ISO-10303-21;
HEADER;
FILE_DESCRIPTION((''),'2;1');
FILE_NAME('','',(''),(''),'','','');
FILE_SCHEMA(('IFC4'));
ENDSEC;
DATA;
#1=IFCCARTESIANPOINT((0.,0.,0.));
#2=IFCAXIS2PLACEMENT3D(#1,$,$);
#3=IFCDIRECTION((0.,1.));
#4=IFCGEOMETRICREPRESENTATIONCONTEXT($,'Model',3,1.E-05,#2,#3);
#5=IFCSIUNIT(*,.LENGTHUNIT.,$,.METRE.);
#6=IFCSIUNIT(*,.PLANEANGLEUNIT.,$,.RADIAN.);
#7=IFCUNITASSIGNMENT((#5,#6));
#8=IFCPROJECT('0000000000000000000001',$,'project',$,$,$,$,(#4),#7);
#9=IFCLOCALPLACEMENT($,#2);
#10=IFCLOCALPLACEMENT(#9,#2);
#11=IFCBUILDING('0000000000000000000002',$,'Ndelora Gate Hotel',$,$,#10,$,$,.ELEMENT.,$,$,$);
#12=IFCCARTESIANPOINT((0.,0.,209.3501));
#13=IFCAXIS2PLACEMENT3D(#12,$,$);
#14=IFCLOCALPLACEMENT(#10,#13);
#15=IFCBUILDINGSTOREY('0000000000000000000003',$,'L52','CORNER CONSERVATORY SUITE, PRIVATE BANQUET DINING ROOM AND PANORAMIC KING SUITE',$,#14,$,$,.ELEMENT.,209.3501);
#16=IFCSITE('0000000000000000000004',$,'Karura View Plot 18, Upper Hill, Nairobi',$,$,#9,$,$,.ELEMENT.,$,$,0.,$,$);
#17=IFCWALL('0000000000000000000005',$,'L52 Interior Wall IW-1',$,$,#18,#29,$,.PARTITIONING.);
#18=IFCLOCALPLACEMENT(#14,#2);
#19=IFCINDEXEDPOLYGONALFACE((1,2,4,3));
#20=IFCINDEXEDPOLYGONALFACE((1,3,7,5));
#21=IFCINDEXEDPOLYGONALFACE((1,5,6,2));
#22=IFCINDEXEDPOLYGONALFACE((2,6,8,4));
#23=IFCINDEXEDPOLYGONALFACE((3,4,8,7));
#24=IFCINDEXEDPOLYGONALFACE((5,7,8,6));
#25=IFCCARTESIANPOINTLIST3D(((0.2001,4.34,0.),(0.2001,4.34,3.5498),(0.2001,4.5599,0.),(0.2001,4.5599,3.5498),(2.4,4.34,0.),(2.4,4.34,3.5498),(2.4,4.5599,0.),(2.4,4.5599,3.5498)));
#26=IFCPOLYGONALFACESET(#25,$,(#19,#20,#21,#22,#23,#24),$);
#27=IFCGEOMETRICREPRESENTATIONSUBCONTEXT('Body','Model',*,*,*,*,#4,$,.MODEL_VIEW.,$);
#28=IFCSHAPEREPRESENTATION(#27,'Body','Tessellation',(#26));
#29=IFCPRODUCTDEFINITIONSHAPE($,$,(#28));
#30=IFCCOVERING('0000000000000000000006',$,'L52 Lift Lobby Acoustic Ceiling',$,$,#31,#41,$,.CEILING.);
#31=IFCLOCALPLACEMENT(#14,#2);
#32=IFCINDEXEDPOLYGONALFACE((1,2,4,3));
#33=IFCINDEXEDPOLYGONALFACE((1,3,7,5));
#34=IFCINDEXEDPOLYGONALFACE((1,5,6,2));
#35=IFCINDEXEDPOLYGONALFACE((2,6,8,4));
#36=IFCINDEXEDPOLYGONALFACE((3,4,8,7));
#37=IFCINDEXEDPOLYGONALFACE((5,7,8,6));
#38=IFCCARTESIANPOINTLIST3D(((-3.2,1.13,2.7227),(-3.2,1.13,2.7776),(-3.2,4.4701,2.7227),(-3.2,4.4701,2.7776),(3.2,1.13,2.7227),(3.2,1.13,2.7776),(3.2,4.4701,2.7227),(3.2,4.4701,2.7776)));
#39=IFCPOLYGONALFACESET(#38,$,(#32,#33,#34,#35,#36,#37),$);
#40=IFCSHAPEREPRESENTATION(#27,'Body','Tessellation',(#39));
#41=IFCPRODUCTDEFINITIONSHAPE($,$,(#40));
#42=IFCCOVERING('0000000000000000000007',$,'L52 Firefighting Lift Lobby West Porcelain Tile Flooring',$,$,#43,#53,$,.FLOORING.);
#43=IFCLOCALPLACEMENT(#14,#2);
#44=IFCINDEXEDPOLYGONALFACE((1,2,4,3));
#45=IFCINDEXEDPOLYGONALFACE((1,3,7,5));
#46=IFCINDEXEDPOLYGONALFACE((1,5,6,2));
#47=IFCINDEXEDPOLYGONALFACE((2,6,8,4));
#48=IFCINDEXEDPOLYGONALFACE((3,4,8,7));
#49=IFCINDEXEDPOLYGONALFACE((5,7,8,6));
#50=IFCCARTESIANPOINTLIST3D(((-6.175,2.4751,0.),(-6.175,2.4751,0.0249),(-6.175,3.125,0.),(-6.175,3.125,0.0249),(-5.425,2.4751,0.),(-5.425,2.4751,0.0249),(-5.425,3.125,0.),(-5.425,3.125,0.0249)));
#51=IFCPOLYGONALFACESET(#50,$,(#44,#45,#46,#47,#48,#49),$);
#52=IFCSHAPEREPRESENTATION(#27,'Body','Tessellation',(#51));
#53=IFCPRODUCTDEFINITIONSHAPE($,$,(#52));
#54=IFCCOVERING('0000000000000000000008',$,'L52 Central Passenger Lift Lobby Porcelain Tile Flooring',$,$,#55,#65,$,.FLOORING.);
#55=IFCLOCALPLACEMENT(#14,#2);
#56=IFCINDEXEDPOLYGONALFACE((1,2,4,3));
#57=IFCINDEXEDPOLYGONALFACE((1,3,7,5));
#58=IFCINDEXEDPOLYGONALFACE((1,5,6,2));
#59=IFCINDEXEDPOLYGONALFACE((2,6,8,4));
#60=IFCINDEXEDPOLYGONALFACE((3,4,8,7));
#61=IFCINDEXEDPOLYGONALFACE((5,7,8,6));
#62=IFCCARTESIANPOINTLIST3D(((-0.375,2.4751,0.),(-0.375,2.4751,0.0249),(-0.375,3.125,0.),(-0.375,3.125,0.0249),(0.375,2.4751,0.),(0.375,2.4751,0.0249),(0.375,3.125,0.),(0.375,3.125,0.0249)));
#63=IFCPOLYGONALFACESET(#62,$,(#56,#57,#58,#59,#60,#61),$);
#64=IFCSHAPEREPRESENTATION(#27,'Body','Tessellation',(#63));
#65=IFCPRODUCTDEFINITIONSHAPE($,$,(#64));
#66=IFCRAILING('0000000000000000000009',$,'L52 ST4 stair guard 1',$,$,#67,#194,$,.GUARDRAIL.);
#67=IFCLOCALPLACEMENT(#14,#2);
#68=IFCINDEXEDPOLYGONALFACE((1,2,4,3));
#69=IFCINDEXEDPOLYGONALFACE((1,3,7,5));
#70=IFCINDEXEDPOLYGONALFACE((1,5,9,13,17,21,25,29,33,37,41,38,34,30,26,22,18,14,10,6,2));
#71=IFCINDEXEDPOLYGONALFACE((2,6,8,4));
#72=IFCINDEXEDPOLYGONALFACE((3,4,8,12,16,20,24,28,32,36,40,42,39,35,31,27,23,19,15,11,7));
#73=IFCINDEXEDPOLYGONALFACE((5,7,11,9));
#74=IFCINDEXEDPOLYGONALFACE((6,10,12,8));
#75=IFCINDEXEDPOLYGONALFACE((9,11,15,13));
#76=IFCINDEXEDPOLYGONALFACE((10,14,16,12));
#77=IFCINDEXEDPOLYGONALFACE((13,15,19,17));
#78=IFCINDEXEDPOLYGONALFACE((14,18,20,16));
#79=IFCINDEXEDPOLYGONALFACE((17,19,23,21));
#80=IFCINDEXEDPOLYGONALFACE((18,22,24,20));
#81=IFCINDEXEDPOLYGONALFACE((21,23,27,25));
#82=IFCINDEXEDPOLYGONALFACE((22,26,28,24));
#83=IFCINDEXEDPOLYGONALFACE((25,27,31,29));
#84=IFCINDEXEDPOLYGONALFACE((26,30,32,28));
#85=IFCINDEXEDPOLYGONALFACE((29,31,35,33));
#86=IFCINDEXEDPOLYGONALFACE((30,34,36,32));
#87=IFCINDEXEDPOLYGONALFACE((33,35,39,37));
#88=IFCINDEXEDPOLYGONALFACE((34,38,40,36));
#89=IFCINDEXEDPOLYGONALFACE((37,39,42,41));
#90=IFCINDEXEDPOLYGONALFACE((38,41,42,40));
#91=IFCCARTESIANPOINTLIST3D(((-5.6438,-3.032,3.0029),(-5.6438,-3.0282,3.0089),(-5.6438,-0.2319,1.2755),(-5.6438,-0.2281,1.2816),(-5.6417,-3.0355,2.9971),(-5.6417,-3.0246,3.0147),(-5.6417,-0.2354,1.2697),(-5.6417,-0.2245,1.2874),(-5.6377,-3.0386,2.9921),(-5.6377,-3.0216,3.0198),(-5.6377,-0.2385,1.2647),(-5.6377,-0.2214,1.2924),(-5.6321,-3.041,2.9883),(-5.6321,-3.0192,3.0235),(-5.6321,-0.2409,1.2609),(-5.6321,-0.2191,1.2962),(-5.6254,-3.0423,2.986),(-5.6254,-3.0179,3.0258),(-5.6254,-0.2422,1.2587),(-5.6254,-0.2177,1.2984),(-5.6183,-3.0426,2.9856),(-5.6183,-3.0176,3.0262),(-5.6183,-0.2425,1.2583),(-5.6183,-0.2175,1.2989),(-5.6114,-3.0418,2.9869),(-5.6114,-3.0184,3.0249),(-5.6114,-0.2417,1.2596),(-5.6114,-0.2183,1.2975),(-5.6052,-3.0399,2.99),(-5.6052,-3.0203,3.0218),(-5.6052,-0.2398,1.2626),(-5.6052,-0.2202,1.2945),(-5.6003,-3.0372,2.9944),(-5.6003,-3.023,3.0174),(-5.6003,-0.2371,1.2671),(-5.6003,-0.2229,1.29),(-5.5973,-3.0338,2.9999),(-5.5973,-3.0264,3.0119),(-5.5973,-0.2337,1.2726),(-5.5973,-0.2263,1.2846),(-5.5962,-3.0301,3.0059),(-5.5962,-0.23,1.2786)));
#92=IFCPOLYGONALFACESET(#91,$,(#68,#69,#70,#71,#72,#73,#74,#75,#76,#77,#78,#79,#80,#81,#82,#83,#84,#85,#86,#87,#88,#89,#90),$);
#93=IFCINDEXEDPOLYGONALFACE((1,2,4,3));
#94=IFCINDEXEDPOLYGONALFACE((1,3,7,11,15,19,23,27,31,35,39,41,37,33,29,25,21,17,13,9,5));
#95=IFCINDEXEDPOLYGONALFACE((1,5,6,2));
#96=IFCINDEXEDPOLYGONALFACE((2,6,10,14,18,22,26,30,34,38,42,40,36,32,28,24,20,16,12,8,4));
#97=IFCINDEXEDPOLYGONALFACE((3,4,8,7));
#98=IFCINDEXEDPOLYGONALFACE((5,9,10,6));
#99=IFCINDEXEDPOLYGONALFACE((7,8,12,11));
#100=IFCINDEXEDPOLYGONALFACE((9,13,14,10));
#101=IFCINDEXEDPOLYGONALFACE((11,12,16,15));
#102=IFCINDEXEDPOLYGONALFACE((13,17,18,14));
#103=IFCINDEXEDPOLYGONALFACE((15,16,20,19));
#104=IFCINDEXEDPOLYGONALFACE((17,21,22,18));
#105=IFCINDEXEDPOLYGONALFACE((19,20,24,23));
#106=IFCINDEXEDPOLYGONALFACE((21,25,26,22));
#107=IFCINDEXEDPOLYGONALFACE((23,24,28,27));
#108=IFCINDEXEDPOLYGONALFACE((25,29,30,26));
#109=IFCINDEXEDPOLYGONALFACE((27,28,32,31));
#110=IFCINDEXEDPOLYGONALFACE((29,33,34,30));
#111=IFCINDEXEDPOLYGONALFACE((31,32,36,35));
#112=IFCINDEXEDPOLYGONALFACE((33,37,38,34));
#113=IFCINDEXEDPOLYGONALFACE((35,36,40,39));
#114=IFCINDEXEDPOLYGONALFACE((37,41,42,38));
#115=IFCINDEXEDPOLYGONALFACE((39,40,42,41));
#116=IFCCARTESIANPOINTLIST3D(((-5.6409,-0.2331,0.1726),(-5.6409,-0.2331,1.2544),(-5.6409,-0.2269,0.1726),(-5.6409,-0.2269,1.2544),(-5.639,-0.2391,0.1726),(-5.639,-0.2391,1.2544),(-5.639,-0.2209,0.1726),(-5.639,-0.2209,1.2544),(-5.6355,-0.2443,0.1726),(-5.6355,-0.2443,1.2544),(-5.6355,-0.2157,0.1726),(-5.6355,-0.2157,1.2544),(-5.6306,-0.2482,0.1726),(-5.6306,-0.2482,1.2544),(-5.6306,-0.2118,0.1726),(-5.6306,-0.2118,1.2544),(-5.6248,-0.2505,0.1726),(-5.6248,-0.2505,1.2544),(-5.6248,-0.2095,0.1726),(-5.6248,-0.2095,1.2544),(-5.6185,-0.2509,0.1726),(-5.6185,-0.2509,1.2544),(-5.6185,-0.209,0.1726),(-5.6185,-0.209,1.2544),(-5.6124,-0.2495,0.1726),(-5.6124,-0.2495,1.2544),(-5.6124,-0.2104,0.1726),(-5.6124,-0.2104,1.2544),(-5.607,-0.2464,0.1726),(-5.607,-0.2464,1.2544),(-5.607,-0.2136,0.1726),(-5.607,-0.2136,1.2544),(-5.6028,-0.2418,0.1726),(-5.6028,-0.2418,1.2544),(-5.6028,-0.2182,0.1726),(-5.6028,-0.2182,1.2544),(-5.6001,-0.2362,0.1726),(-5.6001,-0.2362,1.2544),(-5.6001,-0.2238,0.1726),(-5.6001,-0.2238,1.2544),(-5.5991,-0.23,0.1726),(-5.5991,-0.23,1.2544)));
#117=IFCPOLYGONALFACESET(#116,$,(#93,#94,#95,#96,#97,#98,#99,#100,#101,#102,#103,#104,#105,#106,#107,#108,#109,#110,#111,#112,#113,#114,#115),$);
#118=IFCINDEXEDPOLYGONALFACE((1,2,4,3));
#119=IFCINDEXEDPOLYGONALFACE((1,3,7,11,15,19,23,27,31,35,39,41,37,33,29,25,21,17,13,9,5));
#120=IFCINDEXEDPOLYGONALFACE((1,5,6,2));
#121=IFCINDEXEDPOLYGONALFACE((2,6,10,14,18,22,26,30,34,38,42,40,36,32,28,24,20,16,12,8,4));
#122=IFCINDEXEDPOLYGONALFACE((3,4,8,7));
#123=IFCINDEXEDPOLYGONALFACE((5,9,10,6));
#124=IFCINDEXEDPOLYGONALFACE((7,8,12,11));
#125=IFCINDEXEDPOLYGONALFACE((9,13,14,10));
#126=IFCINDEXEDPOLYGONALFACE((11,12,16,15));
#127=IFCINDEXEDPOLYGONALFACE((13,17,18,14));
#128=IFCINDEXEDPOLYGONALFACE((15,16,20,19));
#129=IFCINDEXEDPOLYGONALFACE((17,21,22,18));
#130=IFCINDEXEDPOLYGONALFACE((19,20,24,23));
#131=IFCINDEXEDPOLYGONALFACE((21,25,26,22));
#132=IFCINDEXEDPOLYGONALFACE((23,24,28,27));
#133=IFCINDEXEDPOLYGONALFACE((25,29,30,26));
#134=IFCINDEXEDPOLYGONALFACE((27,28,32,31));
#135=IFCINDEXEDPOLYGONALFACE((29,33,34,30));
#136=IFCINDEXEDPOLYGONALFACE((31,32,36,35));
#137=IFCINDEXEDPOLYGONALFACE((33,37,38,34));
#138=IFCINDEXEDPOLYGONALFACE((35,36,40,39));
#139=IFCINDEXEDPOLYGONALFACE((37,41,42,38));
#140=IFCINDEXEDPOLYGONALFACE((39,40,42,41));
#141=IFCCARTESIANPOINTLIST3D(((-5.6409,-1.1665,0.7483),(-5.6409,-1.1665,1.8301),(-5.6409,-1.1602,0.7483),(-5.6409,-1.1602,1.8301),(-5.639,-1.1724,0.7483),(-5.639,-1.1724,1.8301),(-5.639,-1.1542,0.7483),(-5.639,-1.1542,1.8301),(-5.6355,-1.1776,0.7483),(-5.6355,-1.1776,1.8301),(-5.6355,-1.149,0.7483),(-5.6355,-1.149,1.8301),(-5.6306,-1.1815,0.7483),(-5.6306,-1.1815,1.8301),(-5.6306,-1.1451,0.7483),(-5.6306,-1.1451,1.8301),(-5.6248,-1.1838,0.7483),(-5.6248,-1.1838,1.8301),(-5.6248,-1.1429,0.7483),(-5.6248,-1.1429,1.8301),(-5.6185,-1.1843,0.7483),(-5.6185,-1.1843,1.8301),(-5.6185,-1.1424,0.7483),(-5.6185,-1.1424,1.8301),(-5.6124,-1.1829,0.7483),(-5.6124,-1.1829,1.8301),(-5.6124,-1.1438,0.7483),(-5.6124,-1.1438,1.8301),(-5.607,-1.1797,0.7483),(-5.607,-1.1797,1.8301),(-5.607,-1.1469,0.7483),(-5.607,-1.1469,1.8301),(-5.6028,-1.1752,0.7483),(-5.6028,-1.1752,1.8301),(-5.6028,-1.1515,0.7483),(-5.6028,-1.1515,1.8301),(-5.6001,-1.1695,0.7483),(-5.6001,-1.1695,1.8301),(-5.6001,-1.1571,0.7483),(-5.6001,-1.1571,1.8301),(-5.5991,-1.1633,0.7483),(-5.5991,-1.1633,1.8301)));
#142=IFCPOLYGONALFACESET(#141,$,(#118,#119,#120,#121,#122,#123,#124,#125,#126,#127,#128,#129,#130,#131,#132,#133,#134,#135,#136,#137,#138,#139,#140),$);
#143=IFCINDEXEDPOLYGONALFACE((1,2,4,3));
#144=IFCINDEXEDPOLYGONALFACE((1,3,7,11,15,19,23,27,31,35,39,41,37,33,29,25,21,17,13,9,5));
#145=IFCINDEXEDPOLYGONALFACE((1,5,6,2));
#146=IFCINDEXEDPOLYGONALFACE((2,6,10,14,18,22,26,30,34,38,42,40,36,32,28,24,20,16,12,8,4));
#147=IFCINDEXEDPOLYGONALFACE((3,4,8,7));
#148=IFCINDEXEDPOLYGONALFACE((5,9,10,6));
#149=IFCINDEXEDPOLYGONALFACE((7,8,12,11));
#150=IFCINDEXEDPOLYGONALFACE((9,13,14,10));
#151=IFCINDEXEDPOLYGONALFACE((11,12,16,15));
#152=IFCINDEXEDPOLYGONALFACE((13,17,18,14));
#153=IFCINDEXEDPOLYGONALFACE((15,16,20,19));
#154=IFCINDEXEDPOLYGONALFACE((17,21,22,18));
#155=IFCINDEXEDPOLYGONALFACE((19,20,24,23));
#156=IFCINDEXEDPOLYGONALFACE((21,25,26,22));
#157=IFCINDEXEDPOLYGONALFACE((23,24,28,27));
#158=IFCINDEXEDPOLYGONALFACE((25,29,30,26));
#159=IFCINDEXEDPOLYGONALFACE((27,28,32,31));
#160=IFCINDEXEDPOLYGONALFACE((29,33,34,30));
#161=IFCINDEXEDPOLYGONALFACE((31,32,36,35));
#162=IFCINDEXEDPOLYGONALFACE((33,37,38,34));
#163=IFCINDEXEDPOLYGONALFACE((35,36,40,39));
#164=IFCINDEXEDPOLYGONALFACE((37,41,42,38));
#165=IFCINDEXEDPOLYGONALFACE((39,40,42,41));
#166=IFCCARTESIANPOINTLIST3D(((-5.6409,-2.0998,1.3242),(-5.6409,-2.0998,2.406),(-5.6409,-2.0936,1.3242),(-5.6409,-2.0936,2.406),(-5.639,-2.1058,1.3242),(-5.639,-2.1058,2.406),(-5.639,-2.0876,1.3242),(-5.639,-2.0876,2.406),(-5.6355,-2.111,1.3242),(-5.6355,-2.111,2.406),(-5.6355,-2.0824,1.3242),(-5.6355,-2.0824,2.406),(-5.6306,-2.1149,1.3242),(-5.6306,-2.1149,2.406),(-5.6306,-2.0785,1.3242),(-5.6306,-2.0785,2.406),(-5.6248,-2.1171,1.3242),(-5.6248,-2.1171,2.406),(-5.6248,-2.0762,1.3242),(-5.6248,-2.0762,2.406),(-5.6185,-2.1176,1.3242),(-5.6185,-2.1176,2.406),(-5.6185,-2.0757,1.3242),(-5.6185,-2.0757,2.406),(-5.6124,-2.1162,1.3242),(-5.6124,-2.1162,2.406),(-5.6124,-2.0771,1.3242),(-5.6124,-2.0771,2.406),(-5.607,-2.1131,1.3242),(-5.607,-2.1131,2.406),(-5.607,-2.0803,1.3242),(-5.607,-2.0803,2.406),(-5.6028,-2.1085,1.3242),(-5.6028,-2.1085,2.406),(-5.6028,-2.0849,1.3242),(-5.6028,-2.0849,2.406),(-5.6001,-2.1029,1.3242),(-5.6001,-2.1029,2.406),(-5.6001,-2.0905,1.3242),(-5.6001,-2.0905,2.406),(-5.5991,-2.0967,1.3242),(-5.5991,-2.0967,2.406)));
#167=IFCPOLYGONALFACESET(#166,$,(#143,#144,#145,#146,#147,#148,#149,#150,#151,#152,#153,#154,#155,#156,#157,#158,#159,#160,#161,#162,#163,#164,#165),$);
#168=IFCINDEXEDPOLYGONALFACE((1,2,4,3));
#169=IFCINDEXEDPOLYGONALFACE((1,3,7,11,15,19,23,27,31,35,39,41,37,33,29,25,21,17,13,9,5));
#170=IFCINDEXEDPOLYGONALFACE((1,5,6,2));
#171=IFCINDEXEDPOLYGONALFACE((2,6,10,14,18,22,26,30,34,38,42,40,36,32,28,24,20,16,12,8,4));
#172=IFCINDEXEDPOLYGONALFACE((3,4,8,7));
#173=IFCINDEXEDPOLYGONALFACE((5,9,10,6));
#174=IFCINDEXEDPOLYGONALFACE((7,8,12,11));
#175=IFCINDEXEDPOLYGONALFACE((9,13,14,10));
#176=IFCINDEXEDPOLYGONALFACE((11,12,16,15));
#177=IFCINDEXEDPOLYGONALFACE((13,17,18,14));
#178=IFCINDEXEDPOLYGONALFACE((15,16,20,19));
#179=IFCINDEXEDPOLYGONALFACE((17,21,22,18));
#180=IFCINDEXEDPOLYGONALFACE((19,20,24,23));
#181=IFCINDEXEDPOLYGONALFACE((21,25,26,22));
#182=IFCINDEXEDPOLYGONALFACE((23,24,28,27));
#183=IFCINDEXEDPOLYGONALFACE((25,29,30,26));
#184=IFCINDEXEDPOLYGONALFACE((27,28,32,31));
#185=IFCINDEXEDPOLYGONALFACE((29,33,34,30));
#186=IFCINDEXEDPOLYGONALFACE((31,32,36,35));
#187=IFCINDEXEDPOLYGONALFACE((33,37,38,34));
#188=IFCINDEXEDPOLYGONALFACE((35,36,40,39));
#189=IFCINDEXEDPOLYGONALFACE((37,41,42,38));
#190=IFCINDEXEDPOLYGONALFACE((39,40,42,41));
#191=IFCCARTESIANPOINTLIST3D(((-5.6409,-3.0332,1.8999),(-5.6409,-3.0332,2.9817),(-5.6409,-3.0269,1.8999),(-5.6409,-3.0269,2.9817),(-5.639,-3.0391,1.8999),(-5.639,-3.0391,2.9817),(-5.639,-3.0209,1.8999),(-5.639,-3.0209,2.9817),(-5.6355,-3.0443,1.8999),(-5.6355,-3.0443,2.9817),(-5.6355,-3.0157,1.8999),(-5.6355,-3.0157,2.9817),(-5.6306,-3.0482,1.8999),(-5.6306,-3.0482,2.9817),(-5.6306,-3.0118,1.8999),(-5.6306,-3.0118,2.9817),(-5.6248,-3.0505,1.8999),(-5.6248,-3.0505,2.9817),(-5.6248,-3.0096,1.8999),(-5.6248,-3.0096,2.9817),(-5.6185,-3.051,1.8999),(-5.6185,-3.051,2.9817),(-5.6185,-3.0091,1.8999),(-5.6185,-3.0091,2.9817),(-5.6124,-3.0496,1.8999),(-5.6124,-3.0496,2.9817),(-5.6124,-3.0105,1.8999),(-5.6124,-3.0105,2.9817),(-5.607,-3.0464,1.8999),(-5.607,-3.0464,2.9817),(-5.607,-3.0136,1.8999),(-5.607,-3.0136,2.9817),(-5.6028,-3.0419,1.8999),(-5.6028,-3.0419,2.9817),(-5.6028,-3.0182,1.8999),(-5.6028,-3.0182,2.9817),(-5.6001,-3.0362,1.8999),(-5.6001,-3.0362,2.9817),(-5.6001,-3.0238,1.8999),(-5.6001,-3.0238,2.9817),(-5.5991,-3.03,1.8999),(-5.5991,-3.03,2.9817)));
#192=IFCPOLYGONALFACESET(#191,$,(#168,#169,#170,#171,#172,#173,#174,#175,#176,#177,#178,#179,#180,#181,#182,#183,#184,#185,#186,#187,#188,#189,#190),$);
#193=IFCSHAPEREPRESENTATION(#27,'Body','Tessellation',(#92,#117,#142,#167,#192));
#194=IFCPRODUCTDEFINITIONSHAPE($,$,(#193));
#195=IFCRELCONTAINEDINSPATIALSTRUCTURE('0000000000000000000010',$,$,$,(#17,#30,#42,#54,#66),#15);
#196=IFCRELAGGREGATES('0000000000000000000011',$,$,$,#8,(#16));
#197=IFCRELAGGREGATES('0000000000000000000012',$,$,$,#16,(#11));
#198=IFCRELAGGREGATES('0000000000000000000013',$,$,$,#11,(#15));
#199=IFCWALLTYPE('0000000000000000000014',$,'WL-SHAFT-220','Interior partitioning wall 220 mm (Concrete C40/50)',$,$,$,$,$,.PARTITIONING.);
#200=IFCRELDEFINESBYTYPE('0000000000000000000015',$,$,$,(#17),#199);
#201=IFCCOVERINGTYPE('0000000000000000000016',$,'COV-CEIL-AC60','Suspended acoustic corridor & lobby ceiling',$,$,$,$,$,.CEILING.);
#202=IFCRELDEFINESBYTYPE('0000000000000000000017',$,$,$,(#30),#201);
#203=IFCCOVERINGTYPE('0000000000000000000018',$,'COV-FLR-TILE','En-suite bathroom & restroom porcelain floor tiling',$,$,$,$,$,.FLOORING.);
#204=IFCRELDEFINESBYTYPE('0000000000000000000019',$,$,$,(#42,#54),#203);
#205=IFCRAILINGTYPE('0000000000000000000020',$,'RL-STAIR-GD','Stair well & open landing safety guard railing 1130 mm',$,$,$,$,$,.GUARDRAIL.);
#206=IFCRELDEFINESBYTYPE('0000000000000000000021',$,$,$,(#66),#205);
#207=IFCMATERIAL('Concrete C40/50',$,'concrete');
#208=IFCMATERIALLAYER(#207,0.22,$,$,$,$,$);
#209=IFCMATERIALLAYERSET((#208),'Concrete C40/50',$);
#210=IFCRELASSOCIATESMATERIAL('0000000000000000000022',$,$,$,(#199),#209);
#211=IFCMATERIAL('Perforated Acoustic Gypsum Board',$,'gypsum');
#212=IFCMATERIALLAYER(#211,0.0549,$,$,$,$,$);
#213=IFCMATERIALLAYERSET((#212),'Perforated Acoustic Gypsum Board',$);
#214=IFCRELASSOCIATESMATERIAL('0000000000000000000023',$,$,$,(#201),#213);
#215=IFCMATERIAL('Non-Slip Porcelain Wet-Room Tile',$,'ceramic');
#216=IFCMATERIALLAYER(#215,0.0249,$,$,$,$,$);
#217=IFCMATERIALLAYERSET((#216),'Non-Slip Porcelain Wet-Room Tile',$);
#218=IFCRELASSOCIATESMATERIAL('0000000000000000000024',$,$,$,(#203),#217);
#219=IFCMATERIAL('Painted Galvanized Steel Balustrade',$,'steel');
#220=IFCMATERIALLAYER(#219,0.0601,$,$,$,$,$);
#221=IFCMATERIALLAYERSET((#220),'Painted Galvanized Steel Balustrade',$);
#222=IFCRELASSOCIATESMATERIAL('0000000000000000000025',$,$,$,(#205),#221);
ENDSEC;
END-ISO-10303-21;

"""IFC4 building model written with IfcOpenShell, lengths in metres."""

from ifc_helpers import new_model, si_unit, direction, frame, frame_2d, origin, origin_2d, place, context, subcontext, project, spatial, rectangle, circle, extrude, material, layer, layer_set, type_object, element, save


model = new_model("IFC4")

# Units and contexts
model_context = context("Model", 3, precision=1e-05, world=origin(), true_north=direction((0.0, 1.0)))
body_context = subcontext(model_context, "Body", "Model", "MODEL_VIEW")
ifc_project = project(units=[si_unit("LENGTHUNIT", "METRE"), si_unit("PLANEANGLEUNIT", "RADIAN")], contexts=[model_context])

# Site, building, storey
site_placement = place(None, origin())
site = spatial("IfcSite", under=ifc_project, at=site_placement, Name="Karura View Plot 18, Upper Hill, Nairobi", CompositionType="ELEMENT", RefElevation=0.0)
building_placement = place(site_placement, origin())
building = spatial("IfcBuilding", under=site, at=building_placement, Name="Ndelora Gate Hotel", CompositionType="ELEMENT")
storey_placement = place(building_placement, frame((0.0, 0.0, 209.3501)))
storey = spatial("IfcBuildingStorey", under=building, at=storey_placement, Name="L52", Description="CORNER CONSERVATORY SUITE, PRIVATE BANQUET DINING ROOM AND PANORAMIC KING SUITE", CompositionType="ELEMENT", Elevation=209.3501)

# Shared definitions
ifc_material_1 = material(Name="Concrete C40/50", Category="concrete")

# Shared definitions
ifc_layer_1 = layer(ifc_material_1, 0.22)
ifc_layer_set_1 = layer_set([ifc_layer_1], Name="Concrete C40/50")
wall_type_1 = type_object("IfcWallType", Name="WL-SHAFT-220", Description="Interior partitioning wall 220 mm (Concrete C40/50)", PredefinedType="PARTITIONING", material=ifc_layer_set_1)

# Wall
wall_1_placement = place(storey_placement, frame((0.2, 4.45, 0.0), z_axis=(0.0, 0.0, 1.0), x_axis=(1.0, 0.0, 0.0)))
element("IfcWall", 1, at=wall_1_placement, inside=storey, type_object=wall_type_1, Name="L52 Interior Wall IW-1", PredefinedType="PARTITIONING", context=body_context, shape_type="SweptSolid", body=[
    extrude(rectangle(XDim=2.2, YDim=0.22, at=frame_2d((1.1001, 0.0))), origin(), (0.0, 0.0, 1.0), 3.5498),
])

# Coverings
ifc_material_2 = material(Name="Perforated Acoustic Gypsum Board", Category="gypsum")
ifc_layer_2 = layer(ifc_material_2, 0.0549)
ifc_layer_set_2 = layer_set([ifc_layer_2], Name="Perforated Acoustic Gypsum Board")
covering_type_1 = type_object("IfcCoveringType", Name="COV-CEIL-AC60", Description="Suspended acoustic corridor & lobby ceiling", PredefinedType="CEILING", material=ifc_layer_set_2)
covering_placement = place(storey_placement, frame((0.0, 2.8, 2.7227), z_axis=(0.0, 0.0, 1.0), x_axis=(1.0, 0.0, 0.0)))
element("IfcCovering", 2, at=covering_placement, inside=storey, type_object=covering_type_1, Name="L52 Lift Lobby Acoustic Ceiling", PredefinedType="CEILING", context=body_context, shape_type="SweptSolid", body=[
    extrude(rectangle(XDim=6.3999, YDim=3.3401, at=origin_2d()), origin(), (0.0, 0.0, 1.0), 0.0549),
])
ifc_material_3 = material(Name="Non-Slip Porcelain Wet-Room Tile", Category="ceramic")
ifc_layer_3 = layer(ifc_material_3, 0.0249)
ifc_layer_set_3 = layer_set([ifc_layer_3], Name="Non-Slip Porcelain Wet-Room Tile")
covering_type_2 = type_object("IfcCoveringType", Name="COV-FLR-TILE", Description="En-suite bathroom & restroom porcelain floor tiling", PredefinedType="FLOORING", material=ifc_layer_set_3)
for number, where, z_axis, x_axis, name in (
    (3, (-5.8, 2.8, 0.0), (0.0, 0.0, 1.0), (1.0, 0.0, 0.0), "L52 Firefighting Lift Lobby West Porcelain Tile Flooring"),
    (4, (0.0, 2.8, 0.0), (0.0, 0.0, 1.0), (1.0, 0.0, 0.0), "L52 Central Passenger Lift Lobby Porcelain Tile Flooring"),
):
    element("IfcCovering", number, at=place(storey_placement, frame(where, z_axis=z_axis, x_axis=x_axis)), inside=storey, type_object=covering_type_2, Name=name, PredefinedType="FLOORING", context=body_context, shape_type="SweptSolid", body=[
        extrude(rectangle(XDim=0.75, YDim=0.6499, at=origin_2d()), origin(), (0.0, 0.0, 1.0), 0.0249),
    ])

# Railing
ifc_material_4 = material(Name="Painted Galvanized Steel Balustrade", Category="steel")
ifc_layer_4 = layer(ifc_material_4, 0.0601)
ifc_layer_set_4 = layer_set([ifc_layer_4], Name="Painted Galvanized Steel Balustrade")
railing_type = type_object("IfcRailingType", Name="RL-STAIR-GD", Description="Stair well & open landing safety guard railing 1130 mm", PredefinedType="GUARDRAIL", material=ifc_layer_set_4)
railing_1_placement = place(storey_placement, frame((-5.6201, -0.23, 0.1726)))
element("IfcRailing", 5, at=railing_1_placement, inside=storey, type_object=railing_type, Name="L52 ST4 stair guard 1", PredefinedType="GUARDRAIL", context=body_context, shape_type="SweptSolid", body=[
    extrude(circle(Radius=0.0239, at=origin_2d()), frame((0.0, 0.0, 1.106), z_axis=(0.0, -0.85109, 0.52502), x_axis=(1.0, 0.0, 0.0)), (0.0, 0.0, 1.0), 3.29),
    extrude(circle(Radius=0.021, at=origin_2d()), origin(), (0.0, 0.0, 1.0), 1.0818),
    extrude(circle(Radius=0.021, at=origin_2d()), frame((0.0, -0.9333, 0.5757)), (0.0, 0.0, 1.0), 1.0818),
    extrude(circle(Radius=0.021, at=origin_2d()), frame((0.0, -1.8667, 1.1516)), (0.0, 0.0, 1.0), 1.0818),
    extrude(circle(Radius=0.021, at=origin_2d()), frame((0.0, -2.8, 1.7273)), (0.0, 0.0, 1.0), 1.0818),
])

save(model, "model.ifc")
